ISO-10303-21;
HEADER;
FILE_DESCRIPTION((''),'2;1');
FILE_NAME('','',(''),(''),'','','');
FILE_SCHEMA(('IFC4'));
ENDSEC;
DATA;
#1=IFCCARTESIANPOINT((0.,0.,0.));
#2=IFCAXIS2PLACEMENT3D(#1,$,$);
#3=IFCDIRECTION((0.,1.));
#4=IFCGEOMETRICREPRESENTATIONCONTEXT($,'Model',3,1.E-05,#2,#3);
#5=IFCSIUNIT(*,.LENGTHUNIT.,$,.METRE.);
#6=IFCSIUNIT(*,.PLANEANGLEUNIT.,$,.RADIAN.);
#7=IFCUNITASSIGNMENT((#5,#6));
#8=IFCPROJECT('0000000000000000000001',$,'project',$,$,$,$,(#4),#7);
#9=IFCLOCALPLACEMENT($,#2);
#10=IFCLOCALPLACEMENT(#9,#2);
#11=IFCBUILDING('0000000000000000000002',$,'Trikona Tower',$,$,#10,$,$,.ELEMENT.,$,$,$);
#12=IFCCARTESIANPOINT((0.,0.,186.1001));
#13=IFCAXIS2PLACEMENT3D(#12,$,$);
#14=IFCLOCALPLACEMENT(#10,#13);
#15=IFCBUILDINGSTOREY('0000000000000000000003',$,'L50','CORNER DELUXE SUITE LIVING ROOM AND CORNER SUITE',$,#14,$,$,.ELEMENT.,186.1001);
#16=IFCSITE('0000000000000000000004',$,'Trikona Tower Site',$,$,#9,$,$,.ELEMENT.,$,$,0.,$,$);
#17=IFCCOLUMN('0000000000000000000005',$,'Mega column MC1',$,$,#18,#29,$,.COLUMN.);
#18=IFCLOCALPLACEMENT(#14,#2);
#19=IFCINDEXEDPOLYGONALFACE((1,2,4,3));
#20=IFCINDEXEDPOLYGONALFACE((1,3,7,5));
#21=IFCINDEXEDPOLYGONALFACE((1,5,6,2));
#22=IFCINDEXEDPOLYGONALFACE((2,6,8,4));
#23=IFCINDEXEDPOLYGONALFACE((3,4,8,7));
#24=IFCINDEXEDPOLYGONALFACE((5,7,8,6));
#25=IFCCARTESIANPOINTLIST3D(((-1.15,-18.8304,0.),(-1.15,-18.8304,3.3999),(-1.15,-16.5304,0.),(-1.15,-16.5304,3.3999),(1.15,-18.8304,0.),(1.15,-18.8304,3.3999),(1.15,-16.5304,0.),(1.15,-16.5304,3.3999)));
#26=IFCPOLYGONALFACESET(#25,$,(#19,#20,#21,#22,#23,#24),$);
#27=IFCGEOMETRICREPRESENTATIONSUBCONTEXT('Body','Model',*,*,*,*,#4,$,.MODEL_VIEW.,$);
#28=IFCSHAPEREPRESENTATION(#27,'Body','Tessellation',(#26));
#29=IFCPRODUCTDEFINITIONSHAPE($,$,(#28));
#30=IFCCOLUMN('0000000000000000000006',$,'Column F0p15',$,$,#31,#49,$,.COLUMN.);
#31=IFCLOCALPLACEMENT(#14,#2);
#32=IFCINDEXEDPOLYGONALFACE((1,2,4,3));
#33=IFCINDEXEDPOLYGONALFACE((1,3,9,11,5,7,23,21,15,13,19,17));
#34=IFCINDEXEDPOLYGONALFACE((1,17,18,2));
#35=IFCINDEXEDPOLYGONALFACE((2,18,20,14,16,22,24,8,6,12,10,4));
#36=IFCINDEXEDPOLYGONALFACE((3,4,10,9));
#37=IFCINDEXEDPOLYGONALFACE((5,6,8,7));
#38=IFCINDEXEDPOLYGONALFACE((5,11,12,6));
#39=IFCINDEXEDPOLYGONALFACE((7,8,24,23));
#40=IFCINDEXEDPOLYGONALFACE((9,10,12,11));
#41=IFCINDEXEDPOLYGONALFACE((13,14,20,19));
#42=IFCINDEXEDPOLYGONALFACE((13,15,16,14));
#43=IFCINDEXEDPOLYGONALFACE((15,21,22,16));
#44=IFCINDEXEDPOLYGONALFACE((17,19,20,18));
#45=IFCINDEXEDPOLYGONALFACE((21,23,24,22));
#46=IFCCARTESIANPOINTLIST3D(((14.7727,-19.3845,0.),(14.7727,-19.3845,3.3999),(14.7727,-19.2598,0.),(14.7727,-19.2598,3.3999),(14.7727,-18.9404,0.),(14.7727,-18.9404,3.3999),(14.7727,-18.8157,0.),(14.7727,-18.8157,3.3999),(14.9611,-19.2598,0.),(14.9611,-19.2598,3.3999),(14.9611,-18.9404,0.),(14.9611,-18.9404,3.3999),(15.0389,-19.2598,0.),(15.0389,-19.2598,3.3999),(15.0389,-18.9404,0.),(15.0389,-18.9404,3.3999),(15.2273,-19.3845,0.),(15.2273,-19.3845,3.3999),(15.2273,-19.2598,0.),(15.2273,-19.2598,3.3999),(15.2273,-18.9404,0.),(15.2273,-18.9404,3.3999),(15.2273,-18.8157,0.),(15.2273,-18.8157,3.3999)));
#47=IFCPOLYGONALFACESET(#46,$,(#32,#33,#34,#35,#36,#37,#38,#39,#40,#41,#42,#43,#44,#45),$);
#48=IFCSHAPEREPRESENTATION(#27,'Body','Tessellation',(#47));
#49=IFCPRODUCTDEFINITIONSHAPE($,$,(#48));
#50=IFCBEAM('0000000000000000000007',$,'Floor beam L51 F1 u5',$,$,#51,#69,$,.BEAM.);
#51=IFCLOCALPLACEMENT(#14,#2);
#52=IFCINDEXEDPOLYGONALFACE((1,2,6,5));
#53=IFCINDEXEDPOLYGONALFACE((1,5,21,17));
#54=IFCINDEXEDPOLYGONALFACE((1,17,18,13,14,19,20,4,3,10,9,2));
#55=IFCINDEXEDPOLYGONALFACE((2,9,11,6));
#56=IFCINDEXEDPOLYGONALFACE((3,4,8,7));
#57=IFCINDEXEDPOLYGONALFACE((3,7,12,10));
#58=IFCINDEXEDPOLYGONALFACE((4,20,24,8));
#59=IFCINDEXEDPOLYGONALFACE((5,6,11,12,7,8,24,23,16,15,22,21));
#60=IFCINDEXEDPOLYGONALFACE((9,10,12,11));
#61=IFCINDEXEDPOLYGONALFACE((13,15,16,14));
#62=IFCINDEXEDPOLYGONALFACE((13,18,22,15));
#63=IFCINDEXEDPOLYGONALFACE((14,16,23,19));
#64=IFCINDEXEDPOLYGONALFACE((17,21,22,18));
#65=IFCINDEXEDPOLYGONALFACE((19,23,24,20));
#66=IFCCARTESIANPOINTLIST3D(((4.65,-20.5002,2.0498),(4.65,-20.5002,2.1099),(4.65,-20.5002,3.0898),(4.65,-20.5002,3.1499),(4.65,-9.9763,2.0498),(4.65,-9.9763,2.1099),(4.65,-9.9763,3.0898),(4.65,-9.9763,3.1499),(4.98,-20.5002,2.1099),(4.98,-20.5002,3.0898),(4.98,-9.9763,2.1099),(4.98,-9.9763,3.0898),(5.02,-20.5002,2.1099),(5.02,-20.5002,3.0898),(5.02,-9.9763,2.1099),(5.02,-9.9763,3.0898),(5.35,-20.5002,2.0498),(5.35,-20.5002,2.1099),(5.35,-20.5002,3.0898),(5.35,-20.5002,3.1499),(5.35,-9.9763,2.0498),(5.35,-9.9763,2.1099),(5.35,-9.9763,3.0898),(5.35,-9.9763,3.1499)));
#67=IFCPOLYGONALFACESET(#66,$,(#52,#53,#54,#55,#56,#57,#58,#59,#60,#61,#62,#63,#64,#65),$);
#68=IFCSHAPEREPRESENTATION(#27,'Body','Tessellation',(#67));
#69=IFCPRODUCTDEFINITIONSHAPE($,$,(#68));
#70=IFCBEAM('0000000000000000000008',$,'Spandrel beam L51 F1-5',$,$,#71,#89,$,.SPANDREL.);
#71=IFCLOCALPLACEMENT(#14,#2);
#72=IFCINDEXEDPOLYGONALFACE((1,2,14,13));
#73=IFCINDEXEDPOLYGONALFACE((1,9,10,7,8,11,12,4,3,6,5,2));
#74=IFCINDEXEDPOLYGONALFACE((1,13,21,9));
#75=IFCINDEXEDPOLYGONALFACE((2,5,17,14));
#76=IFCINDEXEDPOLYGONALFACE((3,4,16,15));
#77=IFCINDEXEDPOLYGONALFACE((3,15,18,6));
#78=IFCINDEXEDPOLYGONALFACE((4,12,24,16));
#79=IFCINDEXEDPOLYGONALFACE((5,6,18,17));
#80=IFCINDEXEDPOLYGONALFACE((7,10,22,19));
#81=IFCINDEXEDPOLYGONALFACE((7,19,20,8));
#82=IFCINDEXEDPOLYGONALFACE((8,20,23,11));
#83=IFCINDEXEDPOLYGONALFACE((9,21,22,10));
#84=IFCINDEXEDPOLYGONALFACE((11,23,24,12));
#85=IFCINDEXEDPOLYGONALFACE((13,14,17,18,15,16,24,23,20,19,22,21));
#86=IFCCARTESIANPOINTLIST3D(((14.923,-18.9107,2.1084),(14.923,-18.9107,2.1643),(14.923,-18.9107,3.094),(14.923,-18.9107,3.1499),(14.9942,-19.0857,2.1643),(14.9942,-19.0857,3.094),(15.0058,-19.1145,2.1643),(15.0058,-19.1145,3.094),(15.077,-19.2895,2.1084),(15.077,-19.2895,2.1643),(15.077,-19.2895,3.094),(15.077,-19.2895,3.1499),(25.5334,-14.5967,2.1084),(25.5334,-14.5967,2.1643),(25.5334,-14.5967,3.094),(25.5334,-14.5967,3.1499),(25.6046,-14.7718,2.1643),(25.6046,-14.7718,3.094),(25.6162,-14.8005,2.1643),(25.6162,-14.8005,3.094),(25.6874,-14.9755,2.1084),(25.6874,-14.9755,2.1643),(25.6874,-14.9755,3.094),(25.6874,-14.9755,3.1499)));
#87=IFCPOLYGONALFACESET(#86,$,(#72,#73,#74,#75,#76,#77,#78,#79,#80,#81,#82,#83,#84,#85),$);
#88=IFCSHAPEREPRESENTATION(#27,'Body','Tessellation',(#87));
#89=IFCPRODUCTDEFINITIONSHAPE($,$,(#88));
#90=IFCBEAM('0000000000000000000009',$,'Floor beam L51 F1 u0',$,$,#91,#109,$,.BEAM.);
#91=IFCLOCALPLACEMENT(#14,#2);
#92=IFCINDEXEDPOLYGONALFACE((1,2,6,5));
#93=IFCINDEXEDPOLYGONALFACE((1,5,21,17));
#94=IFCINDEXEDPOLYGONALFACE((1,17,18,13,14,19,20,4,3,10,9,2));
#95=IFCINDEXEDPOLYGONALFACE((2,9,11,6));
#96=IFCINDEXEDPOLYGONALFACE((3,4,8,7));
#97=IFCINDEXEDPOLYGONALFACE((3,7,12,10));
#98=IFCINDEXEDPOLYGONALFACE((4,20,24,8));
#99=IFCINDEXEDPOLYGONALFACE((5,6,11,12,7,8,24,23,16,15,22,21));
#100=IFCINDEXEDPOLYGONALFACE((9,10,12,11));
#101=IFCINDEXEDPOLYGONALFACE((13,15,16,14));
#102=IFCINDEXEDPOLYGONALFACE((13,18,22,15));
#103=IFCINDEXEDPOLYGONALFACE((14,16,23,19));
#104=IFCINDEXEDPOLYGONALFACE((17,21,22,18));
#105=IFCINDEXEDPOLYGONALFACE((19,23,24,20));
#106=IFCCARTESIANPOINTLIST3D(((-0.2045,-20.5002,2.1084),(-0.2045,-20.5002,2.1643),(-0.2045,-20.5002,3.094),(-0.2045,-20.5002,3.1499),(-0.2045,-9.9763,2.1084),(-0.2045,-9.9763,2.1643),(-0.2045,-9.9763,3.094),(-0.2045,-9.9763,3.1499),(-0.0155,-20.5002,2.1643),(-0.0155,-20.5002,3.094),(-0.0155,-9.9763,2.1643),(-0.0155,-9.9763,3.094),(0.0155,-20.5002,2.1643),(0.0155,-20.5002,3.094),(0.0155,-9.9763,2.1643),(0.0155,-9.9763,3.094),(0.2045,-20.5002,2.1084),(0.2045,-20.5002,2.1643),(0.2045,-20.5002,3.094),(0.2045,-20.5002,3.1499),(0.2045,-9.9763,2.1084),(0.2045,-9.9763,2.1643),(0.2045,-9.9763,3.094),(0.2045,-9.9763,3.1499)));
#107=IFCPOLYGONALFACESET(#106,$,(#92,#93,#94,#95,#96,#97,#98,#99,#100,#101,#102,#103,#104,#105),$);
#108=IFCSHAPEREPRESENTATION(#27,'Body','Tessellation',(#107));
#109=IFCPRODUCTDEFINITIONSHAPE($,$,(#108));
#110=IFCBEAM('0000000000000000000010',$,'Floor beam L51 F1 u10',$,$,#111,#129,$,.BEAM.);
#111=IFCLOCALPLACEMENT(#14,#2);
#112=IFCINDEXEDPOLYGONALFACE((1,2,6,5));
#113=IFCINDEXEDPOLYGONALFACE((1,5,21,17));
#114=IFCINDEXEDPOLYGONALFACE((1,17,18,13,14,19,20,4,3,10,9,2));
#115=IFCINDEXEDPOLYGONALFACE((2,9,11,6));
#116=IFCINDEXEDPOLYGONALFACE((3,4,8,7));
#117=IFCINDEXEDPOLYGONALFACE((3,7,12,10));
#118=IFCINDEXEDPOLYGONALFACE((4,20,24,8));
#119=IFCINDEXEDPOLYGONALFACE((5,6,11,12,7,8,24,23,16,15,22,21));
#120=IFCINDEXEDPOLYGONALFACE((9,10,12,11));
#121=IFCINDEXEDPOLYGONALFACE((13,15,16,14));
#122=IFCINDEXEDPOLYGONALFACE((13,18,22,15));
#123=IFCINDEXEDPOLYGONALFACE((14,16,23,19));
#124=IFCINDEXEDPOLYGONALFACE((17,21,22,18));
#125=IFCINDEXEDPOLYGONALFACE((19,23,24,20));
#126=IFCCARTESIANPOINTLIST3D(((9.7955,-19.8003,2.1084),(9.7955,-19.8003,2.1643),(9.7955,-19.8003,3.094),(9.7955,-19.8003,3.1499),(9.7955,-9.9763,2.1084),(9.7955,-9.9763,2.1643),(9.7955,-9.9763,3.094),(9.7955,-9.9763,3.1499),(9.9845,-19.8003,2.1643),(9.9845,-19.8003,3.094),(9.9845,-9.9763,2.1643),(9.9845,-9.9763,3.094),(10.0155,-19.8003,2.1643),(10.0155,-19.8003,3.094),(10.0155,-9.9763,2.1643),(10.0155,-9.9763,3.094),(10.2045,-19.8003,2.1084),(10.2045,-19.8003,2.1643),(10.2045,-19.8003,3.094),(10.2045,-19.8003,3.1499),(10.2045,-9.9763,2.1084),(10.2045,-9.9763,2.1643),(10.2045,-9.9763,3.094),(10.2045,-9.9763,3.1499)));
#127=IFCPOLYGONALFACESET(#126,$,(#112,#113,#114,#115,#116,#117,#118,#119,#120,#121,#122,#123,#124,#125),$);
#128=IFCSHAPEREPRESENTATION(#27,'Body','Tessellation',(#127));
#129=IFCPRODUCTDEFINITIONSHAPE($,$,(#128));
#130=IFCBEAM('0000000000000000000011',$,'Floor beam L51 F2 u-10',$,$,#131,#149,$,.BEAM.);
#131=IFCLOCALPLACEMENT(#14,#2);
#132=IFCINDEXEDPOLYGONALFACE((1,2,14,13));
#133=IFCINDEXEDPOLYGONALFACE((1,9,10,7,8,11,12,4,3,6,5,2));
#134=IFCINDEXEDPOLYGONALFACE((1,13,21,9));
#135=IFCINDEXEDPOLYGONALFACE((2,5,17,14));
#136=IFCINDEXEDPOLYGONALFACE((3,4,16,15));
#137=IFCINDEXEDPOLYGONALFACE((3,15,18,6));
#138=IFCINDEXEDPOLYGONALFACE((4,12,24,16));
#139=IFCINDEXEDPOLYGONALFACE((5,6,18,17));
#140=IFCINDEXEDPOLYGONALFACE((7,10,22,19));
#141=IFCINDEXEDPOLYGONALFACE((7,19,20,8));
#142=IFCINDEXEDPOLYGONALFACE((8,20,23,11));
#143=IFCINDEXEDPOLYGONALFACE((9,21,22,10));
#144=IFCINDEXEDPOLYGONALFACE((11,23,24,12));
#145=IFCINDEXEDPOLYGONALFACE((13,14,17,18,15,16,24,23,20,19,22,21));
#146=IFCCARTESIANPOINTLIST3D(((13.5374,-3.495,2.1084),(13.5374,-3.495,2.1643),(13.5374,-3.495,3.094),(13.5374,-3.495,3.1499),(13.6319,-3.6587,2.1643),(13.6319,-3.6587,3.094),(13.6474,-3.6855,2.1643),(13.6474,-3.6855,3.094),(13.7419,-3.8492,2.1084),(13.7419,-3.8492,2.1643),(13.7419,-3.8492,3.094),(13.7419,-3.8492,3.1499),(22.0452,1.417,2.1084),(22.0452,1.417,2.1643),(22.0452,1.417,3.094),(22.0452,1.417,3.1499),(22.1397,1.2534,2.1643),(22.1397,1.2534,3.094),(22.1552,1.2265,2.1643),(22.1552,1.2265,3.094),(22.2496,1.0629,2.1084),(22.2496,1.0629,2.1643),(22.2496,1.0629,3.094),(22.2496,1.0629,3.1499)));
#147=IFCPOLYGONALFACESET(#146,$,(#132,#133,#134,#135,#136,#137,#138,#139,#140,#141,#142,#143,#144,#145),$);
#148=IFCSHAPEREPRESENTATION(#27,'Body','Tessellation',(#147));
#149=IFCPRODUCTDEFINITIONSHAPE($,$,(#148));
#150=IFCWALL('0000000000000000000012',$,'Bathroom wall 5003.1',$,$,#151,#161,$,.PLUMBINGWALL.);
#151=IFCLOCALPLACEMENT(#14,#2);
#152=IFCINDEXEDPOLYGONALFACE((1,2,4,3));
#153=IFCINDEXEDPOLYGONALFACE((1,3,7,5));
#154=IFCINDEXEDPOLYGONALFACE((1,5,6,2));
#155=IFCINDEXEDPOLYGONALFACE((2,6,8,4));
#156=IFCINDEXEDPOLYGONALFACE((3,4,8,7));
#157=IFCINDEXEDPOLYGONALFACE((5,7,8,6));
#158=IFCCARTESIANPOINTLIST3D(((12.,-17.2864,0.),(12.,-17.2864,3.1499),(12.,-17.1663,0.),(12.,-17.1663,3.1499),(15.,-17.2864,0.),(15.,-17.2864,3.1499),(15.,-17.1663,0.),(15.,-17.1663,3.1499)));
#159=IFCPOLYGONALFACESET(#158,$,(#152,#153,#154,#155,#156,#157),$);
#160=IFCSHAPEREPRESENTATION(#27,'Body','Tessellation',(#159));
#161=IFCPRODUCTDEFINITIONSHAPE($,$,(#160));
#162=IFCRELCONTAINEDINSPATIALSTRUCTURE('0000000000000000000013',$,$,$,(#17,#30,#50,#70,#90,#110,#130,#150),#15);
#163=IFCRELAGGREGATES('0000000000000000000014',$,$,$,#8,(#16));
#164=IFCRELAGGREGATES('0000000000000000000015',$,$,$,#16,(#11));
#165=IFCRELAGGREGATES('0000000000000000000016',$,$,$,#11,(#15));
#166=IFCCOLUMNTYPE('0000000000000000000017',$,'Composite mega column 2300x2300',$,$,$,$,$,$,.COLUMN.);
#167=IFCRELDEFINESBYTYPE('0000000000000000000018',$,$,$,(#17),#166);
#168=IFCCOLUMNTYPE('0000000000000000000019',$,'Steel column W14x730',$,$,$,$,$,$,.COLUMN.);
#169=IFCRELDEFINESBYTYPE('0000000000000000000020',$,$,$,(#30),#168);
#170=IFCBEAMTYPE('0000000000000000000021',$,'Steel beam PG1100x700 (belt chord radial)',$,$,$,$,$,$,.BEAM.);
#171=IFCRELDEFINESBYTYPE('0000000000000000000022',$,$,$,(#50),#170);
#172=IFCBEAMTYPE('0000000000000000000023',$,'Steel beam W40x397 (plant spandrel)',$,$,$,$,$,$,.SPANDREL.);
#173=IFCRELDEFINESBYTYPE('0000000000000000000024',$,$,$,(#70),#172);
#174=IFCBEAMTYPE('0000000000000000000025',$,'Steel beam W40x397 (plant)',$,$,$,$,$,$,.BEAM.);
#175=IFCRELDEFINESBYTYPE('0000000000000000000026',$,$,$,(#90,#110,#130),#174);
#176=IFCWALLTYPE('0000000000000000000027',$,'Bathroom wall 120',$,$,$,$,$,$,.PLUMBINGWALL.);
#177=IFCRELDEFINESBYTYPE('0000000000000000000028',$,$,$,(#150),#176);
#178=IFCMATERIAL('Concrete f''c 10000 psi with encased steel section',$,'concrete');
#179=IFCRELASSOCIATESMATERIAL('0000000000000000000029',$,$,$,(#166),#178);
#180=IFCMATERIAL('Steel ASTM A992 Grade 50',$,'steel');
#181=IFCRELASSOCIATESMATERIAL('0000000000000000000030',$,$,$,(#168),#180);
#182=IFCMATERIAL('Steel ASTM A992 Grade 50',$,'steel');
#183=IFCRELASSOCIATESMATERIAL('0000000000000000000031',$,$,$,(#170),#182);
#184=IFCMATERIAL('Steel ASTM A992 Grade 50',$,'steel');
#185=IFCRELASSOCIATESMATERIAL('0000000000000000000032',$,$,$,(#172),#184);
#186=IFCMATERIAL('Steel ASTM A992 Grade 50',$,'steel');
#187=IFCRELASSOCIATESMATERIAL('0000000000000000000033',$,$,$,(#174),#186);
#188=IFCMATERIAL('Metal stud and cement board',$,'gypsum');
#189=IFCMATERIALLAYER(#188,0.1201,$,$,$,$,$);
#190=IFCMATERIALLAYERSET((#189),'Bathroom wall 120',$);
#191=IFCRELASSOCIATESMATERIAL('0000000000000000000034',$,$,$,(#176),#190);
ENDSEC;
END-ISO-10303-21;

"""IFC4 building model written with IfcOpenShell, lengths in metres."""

from ifc_helpers import new_model, si_unit, direction, frame, frame_2d, origin, origin_2d, place, context, subcontext, project, spatial, rectangle, i_section, extrude, material, layer, layer_set, material_profile, profile_set, type_object, element, save


model = new_model("IFC4")

# Units and contexts
model_context = context("Model", 3, precision=1e-05, world=origin(), true_north=direction((0.0, 1.0)))
body_context = subcontext(model_context, "Body", "Model", "MODEL_VIEW")
ifc_project = project(units=[si_unit("LENGTHUNIT", "METRE"), si_unit("PLANEANGLEUNIT", "RADIAN")], contexts=[model_context])

# Site, building, storey
site_placement = place(None, origin())
site = spatial("IfcSite", under=ifc_project, at=site_placement, Name="Trikona Tower Site", CompositionType="ELEMENT", RefElevation=0.0)
building_placement = place(site_placement, origin())
building = spatial("IfcBuilding", under=site, at=building_placement, Name="Trikona Tower", CompositionType="ELEMENT")
storey_placement = place(building_placement, frame((0.0, 0.0, 186.1001)))
storey = spatial("IfcBuildingStorey", under=building, at=storey_placement, Name="L50", Description="CORNER DELUXE SUITE LIVING ROOM AND CORNER SUITE", CompositionType="ELEMENT", Elevation=186.1001)

# Columns
ifc_material_1 = material(Name="Concrete f'c 10000 psi with encased steel section", Category="concrete")
ifc_material_profile_1 = material_profile(ifc_material_1, rectangle(XDim=2.3, YDim=2.3, at=origin_2d()), Name="MC2300")
ifc_profile_set_1 = profile_set([ifc_material_profile_1], Name="Concrete f'c 10000 psi with encased steel section")
column_type_1 = type_object("IfcColumnType", Name="Composite mega column 2300x2300", PredefinedType="COLUMN", material=ifc_profile_set_1)
column_1_placement = place(storey_placement, frame((0.0, -17.6804, 0.0), z_axis=(0.0, 0.0, 1.0), x_axis=(0.0, -1.0, 0.0)))
element("IfcColumn", 1, at=column_1_placement, inside=storey, type_object=column_type_1, Name="Mega column MC1", PredefinedType="COLUMN", context=body_context, shape_type="SweptSolid", body=[
    extrude(rectangle(XDim=2.3, YDim=2.3, at=origin_2d()), origin(), (0.0, 0.0, 1.0), 3.3999),
])
ifc_material_2 = material(Name="Steel ASTM A992 Grade 50", Category="steel")
ifc_material_profile_2 = material_profile(ifc_material_2, i_section(OverallWidth=0.4546, OverallDepth=0.5688, WebThickness=0.0779, FlangeThickness=0.1248, at=origin_2d()), Name="W14X730")
ifc_profile_set_2 = profile_set([ifc_material_profile_2], Name="Steel ASTM A992 Grade 50")
column_type_2 = type_object("IfcColumnType", Name="Steel column W14x730", PredefinedType="COLUMN", material=ifc_profile_set_2)
column_2_placement = place(storey_placement, frame((15.0, -19.1001, 0.0), z_axis=(0.0, 0.0, 1.0), x_axis=(1.0, 0.0, 0.0)))
element("IfcColumn", 2, at=column_2_placement, inside=storey, type_object=column_type_2, Name="Column F0p15", PredefinedType="COLUMN", context=body_context, shape_type="SweptSolid", body=[
    extrude(i_section(OverallWidth=0.4546, OverallDepth=0.5688, WebThickness=0.0779, FlangeThickness=0.1248, at=origin_2d()), origin(), (0.0, 0.0, 1.0), 3.3999),
])

# Beams
ifc_material_3 = material(Name="Steel ASTM A992 Grade 50", Category="steel")
ifc_material_profile_3 = material_profile(ifc_material_3, i_section(OverallWidth=0.7, OverallDepth=1.1001, WebThickness=0.04, FlangeThickness=0.0601, at=origin_2d()), Name="PG1100X700")
ifc_profile_set_3 = profile_set([ifc_material_profile_3], Name="Steel ASTM A992 Grade 50")
beam_type_1 = type_object("IfcBeamType", Name="Steel beam PG1100x700 (belt chord radial)", PredefinedType="BEAM", material=ifc_profile_set_3)
beam_1_placement = place(storey_placement, frame((5.0, -9.9763, 2.5999), z_axis=(0.0, -1.0, 0.0), x_axis=(1.0, 0.0, 0.0)))
element("IfcBeam", 3, at=beam_1_placement, inside=storey, type_object=beam_type_1, Name="Floor beam L51 F1 u5", PredefinedType="BEAM", context=body_context, shape_type="SweptSolid", body=[
    extrude(i_section(OverallWidth=0.7, OverallDepth=1.1001, WebThickness=0.04, FlangeThickness=0.0601, at=origin_2d()), origin(), (0.0, 0.0, 1.0), 10.5239),
])
ifc_material_4 = material(Name="Steel ASTM A992 Grade 50", Category="steel")
ifc_material_profile_4 = material_profile(ifc_material_4, i_section(OverallWidth=0.4089, OverallDepth=1.0415, WebThickness=0.031, FlangeThickness=0.0559, at=origin_2d()), Name="W40X397")
ifc_profile_set_4 = profile_set([ifc_material_profile_4], Name="Steel ASTM A992 Grade 50")
beam_type_2 = type_object("IfcBeamType", Name="Steel beam W40x397 (plant spandrel)", PredefinedType="SPANDREL", material=ifc_profile_set_4)
beam_2_placement = place(storey_placement, frame((15.0, -19.1001, 2.6292), z_axis=(0.92636, 0.37664, 0.0), x_axis=(-0.37664, 0.92636, 0.0)))
element("IfcBeam", 4, at=beam_2_placement, inside=storey, type_object=beam_type_2, Name="Spandrel beam L51 F1-5", PredefinedType="SPANDREL", context=body_context, shape_type="SweptSolid", body=[
    extrude(i_section(OverallWidth=0.4089, OverallDepth=1.0415, WebThickness=0.031, FlangeThickness=0.0559, at=origin_2d()), origin(), (0.0, 0.0, 1.0), 11.4539),
])
ifc_material_5 = material(Name="Steel ASTM A992 Grade 50", Category="steel")
ifc_material_profile_5 = material_profile(ifc_material_5, i_section(OverallWidth=0.4089, OverallDepth=1.0415, WebThickness=0.031, FlangeThickness=0.0559, at=origin_2d()), Name="W40X397")
ifc_profile_set_5 = profile_set([ifc_material_profile_5], Name="Steel ASTM A992 Grade 50")
beam_type_3 = type_object("IfcBeamType", Name="Steel beam W40x397 (plant)", PredefinedType="BEAM", material=ifc_profile_set_5)
beam_3_placement = place(storey_placement, frame((0.0, -9.9763, 2.6292), z_axis=(0.0, -1.0, 0.0), x_axis=(1.0, 0.0, 0.0)))
element("IfcBeam", 5, at=beam_3_placement, inside=storey, type_object=beam_type_3, Name="Floor beam L51 F1 u0", PredefinedType="BEAM", context=body_context, shape_type="SweptSolid", body=[
    extrude(i_section(OverallWidth=0.4089, OverallDepth=1.0415, WebThickness=0.031, FlangeThickness=0.0559, at=origin_2d()), origin(), (0.0, 0.0, 1.0), 10.5239),
])
for number, where, z_axis, x_axis, name in (
    (6, (10.0, -9.9763, 2.6292), (0.0, -1.0, 0.0), (1.0, 0.0, 0.0), "Floor beam L51 F1 u10"),
    (7, (13.6396, -3.6721, 2.6292), (0.86602, 0.500009, 0.0), (-0.500009, 0.86602, 0.0), "Floor beam L51 F2 u-10"),
):
    element("IfcBeam", number, at=place(storey_placement, frame(where, z_axis=z_axis, x_axis=x_axis)), inside=storey, type_object=beam_type_3, Name=name, PredefinedType="BEAM", context=body_context, shape_type="SweptSolid", body=[
        extrude(i_section(OverallWidth=0.4089, OverallDepth=1.0415, WebThickness=0.031, FlangeThickness=0.0559, at=origin_2d()), origin(), (0.0, 0.0, 1.0), 9.824),
    ])

# Wall
ifc_material_6 = material(Name="Metal stud and cement board", Category="gypsum")
ifc_layer_1 = layer(ifc_material_6, 0.1201)
ifc_layer_set_1 = layer_set([ifc_layer_1], Name="Bathroom wall 120")
wall_type_1 = type_object("IfcWallType", Name="Bathroom wall 120", PredefinedType="PLUMBINGWALL", material=ifc_layer_set_1)
wall_1_placement = place(storey_placement, frame((12.0, -17.2263, 0.0), z_axis=(0.0, 0.0, 1.0), x_axis=(1.0, 0.0, 0.0)))
element("IfcWall", 8, at=wall_1_placement, inside=storey, type_object=wall_type_1, Name="Bathroom wall 5003.1", PredefinedType="PLUMBINGWALL", context=body_context, shape_type="SweptSolid", body=[
    extrude(rectangle(XDim=3.0, YDim=0.1201, at=frame_2d((1.5, 0.0))), origin(), (0.0, 0.0, 1.0), 3.1499),
])

save(model, "model.ifc")
